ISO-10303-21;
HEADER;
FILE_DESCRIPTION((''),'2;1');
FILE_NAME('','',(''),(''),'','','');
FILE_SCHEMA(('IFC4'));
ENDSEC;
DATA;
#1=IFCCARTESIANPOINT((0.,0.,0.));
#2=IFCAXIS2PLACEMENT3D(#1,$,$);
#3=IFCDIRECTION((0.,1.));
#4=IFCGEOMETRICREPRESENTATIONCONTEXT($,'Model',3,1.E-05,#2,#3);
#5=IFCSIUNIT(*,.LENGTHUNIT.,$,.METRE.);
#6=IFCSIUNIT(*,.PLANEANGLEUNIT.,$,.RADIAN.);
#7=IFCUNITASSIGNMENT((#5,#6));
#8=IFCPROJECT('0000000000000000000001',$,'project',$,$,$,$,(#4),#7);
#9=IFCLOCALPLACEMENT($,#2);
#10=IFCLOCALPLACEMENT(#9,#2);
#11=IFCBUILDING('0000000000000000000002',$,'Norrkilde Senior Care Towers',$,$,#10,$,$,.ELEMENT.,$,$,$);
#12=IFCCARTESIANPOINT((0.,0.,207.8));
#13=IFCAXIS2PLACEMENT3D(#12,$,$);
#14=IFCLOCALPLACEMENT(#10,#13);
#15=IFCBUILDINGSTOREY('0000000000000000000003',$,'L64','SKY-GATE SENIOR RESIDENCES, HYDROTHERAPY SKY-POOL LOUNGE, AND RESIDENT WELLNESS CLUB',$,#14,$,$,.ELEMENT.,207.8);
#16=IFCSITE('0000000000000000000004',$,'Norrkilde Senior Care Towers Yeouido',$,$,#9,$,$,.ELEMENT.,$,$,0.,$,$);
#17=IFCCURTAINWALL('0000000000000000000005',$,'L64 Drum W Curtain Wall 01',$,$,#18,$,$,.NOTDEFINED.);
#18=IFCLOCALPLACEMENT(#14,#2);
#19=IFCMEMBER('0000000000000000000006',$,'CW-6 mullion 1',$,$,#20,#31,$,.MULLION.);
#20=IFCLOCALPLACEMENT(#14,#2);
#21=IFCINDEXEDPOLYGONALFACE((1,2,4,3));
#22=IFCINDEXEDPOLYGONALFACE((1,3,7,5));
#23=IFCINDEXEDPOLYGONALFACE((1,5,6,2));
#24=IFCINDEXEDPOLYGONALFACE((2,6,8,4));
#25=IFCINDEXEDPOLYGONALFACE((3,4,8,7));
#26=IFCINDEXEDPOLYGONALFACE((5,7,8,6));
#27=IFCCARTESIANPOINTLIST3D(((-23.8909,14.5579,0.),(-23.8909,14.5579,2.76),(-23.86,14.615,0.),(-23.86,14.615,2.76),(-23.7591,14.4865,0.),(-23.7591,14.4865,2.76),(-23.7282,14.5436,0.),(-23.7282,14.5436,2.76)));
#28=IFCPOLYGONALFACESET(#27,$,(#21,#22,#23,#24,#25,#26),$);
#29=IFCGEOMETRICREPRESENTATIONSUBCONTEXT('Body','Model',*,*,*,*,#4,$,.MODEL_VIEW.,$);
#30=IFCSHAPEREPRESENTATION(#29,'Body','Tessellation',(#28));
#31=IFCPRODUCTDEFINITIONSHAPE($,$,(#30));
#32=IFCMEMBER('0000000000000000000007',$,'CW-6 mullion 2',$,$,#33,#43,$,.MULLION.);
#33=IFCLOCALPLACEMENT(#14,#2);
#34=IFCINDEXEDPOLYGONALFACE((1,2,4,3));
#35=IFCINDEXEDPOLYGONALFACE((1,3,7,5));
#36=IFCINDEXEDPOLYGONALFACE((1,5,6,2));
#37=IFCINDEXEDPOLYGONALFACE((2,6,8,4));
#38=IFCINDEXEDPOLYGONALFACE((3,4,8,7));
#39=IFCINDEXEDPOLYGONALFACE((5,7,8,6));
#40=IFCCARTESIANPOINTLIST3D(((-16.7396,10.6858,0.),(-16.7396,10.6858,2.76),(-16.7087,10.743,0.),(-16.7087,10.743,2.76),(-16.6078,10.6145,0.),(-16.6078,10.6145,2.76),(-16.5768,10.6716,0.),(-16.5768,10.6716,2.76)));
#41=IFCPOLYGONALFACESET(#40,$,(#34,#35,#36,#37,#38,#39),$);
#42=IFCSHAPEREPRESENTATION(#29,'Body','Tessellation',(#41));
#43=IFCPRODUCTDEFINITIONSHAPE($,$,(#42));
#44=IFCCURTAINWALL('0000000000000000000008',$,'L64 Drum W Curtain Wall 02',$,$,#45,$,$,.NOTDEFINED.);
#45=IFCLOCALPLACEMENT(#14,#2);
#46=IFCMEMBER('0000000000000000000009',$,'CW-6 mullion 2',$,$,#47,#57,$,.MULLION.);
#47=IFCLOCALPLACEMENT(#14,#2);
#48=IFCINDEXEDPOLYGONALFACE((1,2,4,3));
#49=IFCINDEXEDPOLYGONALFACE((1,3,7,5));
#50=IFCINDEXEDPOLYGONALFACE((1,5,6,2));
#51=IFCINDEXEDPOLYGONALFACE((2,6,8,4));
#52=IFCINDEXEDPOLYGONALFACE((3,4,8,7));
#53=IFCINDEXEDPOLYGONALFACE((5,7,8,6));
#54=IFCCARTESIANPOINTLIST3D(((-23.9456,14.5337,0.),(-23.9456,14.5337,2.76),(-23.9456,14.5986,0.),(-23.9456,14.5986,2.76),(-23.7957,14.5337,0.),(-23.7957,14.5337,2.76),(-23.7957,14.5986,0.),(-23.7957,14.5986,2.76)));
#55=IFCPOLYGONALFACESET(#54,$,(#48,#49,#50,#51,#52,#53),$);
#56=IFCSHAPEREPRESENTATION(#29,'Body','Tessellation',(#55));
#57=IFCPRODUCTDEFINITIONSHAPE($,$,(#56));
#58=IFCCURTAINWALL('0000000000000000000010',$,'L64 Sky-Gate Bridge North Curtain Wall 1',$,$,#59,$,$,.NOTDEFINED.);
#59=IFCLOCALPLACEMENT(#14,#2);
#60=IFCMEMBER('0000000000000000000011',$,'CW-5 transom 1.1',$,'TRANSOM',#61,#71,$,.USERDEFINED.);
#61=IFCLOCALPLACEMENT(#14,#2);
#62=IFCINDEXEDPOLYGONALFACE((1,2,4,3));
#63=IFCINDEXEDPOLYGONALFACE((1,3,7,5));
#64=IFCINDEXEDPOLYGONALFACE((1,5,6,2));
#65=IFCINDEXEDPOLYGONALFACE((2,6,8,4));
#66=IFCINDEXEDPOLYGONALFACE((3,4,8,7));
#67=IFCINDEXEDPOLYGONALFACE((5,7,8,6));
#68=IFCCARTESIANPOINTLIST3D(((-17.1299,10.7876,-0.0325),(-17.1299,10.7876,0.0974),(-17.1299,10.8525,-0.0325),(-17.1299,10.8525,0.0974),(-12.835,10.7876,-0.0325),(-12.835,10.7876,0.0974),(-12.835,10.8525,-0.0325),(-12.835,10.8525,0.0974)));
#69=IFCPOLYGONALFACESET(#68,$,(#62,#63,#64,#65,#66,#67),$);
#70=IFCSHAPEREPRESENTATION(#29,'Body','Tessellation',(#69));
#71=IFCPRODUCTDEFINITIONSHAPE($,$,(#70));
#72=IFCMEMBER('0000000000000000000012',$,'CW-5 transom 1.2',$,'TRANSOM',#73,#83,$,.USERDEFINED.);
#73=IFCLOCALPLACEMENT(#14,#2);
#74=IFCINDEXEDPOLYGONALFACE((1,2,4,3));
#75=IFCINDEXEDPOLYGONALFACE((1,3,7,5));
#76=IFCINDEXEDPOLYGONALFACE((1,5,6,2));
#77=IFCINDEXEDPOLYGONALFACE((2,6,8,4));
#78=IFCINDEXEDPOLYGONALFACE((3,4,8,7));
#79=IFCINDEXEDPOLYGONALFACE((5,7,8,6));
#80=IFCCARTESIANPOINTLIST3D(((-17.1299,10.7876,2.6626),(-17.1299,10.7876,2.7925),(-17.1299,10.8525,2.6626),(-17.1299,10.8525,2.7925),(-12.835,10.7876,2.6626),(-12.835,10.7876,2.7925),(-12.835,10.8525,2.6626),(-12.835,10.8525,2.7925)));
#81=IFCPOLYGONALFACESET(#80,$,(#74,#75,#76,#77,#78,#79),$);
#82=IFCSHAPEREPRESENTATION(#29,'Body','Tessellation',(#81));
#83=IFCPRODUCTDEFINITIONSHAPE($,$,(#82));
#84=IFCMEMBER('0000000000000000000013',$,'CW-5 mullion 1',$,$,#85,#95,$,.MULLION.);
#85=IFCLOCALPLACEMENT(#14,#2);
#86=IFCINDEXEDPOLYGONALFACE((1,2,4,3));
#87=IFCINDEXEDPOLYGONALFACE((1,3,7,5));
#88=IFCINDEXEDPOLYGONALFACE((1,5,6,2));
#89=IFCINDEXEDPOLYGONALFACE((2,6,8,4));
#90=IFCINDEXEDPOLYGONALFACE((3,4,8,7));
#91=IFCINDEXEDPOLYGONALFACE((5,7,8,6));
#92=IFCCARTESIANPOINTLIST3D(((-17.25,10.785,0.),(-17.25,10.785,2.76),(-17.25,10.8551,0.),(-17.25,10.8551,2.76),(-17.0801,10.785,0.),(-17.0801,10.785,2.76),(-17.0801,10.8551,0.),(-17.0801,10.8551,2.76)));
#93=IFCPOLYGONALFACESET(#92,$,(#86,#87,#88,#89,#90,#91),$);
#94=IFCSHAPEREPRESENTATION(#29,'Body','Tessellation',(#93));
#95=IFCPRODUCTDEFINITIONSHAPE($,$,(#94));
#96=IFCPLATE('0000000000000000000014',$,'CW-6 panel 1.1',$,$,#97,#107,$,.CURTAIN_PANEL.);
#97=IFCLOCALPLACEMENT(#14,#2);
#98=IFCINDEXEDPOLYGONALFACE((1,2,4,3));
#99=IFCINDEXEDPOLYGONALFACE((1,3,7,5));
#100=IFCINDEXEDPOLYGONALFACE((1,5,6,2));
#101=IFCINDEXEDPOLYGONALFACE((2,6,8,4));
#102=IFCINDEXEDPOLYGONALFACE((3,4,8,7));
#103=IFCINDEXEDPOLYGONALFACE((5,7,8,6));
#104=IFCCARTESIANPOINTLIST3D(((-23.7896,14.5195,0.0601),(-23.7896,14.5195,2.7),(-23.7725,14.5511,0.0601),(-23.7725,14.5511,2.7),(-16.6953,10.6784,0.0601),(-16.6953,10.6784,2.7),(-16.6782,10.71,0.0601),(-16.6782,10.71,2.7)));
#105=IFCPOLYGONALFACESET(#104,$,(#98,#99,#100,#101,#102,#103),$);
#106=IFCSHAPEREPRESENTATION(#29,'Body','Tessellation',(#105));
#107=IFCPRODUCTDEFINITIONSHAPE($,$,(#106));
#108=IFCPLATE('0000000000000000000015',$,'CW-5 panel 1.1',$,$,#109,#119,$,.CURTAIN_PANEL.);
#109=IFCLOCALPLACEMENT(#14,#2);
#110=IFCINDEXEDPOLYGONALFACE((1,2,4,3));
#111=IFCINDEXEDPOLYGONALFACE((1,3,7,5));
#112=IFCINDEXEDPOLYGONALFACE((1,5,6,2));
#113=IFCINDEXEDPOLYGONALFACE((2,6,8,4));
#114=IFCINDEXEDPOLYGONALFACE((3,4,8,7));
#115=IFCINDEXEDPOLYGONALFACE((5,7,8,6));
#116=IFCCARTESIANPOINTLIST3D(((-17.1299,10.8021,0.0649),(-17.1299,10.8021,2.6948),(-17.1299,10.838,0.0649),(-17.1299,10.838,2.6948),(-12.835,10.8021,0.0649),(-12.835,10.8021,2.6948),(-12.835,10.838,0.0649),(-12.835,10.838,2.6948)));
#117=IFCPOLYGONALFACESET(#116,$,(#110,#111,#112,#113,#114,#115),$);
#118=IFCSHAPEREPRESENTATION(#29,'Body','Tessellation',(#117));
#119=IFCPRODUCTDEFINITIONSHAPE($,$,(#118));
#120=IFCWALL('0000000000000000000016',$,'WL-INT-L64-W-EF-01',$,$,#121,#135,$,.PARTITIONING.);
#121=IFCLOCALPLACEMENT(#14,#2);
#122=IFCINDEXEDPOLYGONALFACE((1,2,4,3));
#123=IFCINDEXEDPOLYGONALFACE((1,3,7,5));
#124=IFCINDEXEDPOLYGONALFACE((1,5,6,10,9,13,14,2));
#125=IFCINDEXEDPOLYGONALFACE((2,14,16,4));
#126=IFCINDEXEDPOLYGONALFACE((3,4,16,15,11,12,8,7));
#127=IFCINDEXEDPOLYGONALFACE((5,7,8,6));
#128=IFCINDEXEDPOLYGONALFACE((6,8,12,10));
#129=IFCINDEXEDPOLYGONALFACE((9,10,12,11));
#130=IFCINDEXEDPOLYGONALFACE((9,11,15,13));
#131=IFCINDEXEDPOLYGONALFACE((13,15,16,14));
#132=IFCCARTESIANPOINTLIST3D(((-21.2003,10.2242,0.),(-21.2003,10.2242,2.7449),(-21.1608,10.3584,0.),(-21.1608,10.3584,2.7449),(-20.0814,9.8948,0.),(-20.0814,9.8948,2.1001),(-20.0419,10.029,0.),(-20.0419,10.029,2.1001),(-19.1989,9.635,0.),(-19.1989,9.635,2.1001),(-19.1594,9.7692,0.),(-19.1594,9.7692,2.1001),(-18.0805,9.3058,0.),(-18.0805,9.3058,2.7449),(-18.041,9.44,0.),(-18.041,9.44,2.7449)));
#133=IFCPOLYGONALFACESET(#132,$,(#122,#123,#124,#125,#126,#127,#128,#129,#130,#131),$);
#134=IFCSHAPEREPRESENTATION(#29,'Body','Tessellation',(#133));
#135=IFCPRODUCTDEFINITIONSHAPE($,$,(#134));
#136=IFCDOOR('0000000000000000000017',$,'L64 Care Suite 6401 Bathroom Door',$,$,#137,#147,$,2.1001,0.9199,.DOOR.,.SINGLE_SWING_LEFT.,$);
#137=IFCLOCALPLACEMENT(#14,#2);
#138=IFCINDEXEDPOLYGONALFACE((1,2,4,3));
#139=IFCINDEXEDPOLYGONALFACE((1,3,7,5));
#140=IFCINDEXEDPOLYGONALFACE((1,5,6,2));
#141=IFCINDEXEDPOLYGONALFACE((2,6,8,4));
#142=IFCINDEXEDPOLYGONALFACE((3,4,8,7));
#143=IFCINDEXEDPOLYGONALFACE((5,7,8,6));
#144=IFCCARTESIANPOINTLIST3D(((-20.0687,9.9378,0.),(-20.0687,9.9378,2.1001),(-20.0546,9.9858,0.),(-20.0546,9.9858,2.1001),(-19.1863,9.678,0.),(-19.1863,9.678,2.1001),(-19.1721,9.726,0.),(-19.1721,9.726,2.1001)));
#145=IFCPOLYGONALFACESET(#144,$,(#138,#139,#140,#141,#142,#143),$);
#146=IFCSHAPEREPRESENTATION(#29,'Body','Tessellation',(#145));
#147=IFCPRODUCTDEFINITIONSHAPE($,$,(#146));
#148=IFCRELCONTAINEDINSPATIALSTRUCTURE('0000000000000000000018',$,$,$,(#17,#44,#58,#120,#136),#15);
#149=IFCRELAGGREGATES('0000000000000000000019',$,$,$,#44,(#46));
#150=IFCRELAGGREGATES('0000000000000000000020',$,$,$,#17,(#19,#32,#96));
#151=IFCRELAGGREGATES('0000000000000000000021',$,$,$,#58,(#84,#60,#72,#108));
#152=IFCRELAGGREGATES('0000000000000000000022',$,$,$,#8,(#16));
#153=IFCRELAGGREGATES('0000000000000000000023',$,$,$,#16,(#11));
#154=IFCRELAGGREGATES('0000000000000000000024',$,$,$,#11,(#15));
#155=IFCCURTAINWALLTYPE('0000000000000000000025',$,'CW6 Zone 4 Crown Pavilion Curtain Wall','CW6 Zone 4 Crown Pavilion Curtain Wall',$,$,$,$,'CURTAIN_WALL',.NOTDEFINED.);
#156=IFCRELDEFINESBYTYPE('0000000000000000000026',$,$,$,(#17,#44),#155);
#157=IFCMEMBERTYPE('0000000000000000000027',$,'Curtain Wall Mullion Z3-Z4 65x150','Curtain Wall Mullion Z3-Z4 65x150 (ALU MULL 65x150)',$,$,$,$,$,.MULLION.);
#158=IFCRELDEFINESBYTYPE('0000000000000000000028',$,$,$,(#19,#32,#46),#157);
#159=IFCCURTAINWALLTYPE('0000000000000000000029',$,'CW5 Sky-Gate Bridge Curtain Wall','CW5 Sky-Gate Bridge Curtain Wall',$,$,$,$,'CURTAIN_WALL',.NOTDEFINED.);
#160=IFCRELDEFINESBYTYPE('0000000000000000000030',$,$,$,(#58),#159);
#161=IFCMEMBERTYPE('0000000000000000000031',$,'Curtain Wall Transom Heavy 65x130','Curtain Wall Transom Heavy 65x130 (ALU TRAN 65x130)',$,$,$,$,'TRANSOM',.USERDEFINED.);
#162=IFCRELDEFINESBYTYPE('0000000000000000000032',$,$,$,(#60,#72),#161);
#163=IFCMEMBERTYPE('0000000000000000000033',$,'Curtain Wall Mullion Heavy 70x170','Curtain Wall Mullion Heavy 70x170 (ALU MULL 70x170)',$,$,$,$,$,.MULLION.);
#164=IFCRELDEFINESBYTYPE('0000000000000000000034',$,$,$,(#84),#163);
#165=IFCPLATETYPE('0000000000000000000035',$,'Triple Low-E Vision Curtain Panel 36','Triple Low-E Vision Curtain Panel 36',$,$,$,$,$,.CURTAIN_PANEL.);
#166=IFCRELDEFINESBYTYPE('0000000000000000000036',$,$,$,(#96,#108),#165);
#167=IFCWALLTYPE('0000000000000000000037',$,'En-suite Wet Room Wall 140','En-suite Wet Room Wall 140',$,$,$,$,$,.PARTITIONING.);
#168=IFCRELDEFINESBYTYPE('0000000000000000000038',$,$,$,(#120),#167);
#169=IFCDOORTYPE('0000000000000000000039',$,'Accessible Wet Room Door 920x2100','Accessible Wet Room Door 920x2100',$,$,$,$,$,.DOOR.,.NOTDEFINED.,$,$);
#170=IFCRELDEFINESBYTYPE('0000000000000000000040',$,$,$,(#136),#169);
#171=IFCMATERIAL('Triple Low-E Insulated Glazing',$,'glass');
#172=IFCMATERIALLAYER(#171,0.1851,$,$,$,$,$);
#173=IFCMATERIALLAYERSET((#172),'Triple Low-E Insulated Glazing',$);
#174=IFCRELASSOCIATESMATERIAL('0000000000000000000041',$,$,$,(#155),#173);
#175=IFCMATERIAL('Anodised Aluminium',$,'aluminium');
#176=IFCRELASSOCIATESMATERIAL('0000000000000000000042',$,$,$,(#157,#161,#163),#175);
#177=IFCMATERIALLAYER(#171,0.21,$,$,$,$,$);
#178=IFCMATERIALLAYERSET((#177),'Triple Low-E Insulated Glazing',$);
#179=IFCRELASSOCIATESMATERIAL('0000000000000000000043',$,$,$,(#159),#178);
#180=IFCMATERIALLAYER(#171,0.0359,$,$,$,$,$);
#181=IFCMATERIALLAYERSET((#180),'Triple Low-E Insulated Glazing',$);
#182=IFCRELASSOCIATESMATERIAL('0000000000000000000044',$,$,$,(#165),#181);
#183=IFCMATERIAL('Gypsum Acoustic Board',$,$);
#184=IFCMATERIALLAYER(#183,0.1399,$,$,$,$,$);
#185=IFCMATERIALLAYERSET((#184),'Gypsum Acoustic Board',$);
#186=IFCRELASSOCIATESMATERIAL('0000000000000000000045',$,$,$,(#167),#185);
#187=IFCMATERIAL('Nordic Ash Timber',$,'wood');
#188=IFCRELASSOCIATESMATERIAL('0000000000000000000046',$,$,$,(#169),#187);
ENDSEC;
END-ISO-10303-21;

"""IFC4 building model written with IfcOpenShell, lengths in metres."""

from ifc_helpers import new_model, si_unit, direction, frame, frame_2d, origin, origin_2d, place, context, subcontext, project, spatial, rectangle, extrude, source, transform, mapped, material, layer, layer_set, material_profile, profile_set, type_object, type_shapes, element, fill, aggregate, save


model = new_model("IFC4")

# Units and contexts
model_context = context("Model", 3, precision=1e-05, world=origin(), true_north=direction((0.0, 1.0)))
body_context = subcontext(model_context, "Body", "Model", "MODEL_VIEW")
ifc_project = project(units=[si_unit("LENGTHUNIT", "METRE"), si_unit("PLANEANGLEUNIT", "RADIAN")], contexts=[model_context])

# Site, building, storey
site_placement = place(None, origin())
site = spatial("IfcSite", under=ifc_project, at=site_placement, Name="Norrkilde Senior Care Towers Yeouido", CompositionType="ELEMENT", RefElevation=0.0)
building_placement = place(site_placement, origin())
building = spatial("IfcBuilding", under=site, at=building_placement, Name="Norrkilde Senior Care Towers", CompositionType="ELEMENT")
storey_placement = place(building_placement, frame((0.0, 0.0, 207.8)))
storey = spatial("IfcBuildingStorey", under=building, at=storey_placement, Name="L64", Description="SKY-GATE SENIOR RESIDENCES, HYDROTHERAPY SKY-POOL LOUNGE, AND RESIDENT WELLNESS CLUB", CompositionType="ELEMENT", Elevation=207.8)

# Curtain wall, members
ifc_material_1 = material(Name="Triple Low-E Insulated Glazing", Category="glass")
ifc_layer_1 = layer(ifc_material_1, 0.1851)
ifc_layer_set_1 = layer_set([ifc_layer_1], Name="Triple Low-E Insulated Glazing")
curtain_wall_type_1 = type_object("IfcCurtainWallType", Name="CW6 Zone 4 Crown Pavilion Curtain Wall", Description="CW6 Zone 4 Crown Pavilion Curtain Wall", ElementType="CURTAIN_WALL", PredefinedType="NOTDEFINED", material=ifc_layer_set_1)
curtain_wall_1_placement = place(storey_placement, origin())
curtain_wall_1 = element("IfcCurtainWall", 1, at=curtain_wall_1_placement, inside=storey, type_object=curtain_wall_type_1, Name="L64 Drum W Curtain Wall 01", PredefinedType="NOTDEFINED")
ifc_material_2 = material(Name="Anodised Aluminium", Category="aluminium")
ifc_material_profile_1 = material_profile(ifc_material_2, rectangle(XDim=0.0649, YDim=0.1499, at=origin_2d()), Name="ALU MULL 65x150")
ifc_profile_set_1 = profile_set([ifc_material_profile_1], Name="Anodised Aluminium")
member_type_1 = type_object("IfcMemberType", Name="Curtain Wall Mullion Z3-Z4 65x150", Description="Curtain Wall Mullion Z3-Z4 65x150 (ALU MULL 65x150)", PredefinedType="MULLION", material=ifc_profile_set_1)
shared_shape_1 = source(origin(), body_context, "Body", "SweptSolid", [
    extrude(rectangle(XDim=0.0649, YDim=0.1499, at=origin_2d()), origin(), (0.0, 0.0, 1.0), 2.76),
])
type_shapes(member_type_1, [shared_shape_1])
member_1_placement = place(storey_placement, frame((-23.8096, 14.5508, 0.0), z_axis=(0.0, 0.0, 1.0), x_axis=(0.476133, 0.879373, 0.0)))
member_1 = element("IfcMember", 2, at=member_1_placement, type_object=member_type_1, Name="CW-6 mullion 1", PredefinedType="MULLION", context=body_context, shape_type="MappedRepresentation", body=[
    mapped(shared_shape_1, transform((0.0, 0.0, 0.0), x_axis=(1.0, 0.0, 0.0), y_axis=(0.0, 1.0, 0.0), z_axis=(0.0, 0.0, 1.0), scale=1.0)),
])
member_2_placement = place(storey_placement, frame((-16.6582, 10.6787, 0.0), z_axis=(0.0, 0.0, 1.0), x_axis=(0.476133, 0.879373, 0.0)))
member_2 = element("IfcMember", 3, at=member_2_placement, type_object=member_type_1, Name="CW-6 mullion 2", PredefinedType="MULLION", context=body_context, shape_type="MappedRepresentation", body=[
    mapped(shared_shape_1, transform((0.0, 0.0, 0.0), x_axis=(1.0, 0.0, 0.0), y_axis=(0.0, 1.0, 0.0), z_axis=(0.0, 0.0, 1.0), scale=1.0)),
])

# Curtain wall, member
curtain_wall_2_placement = place(storey_placement, origin())
curtain_wall_2 = element("IfcCurtainWall", 4, at=curtain_wall_2_placement, inside=storey, type_object=curtain_wall_type_1, Name="L64 Drum W Curtain Wall 02", PredefinedType="NOTDEFINED")
member_3_placement = place(storey_placement, frame((-23.8706, 14.5662, 0.0), z_axis=(0.0, 0.0, 1.0), x_axis=(0.0, 1.0, 0.0)))
member_3 = element("IfcMember", 5, at=member_3_placement, type_object=member_type_1, Name="CW-6 mullion 2", PredefinedType="MULLION", context=body_context, shape_type="MappedRepresentation", body=[
    mapped(shared_shape_1, transform((0.0, 0.0, 0.0), x_axis=(1.0, 0.0, 0.0), y_axis=(0.0, 1.0, 0.0), z_axis=(0.0, 0.0, 1.0), scale=1.0)),
])
aggregate(curtain_wall_2, [member_3])

# Curtain wall, members
ifc_layer_2 = layer(ifc_material_1, 0.21)
ifc_layer_set_2 = layer_set([ifc_layer_2], Name="Triple Low-E Insulated Glazing")
curtain_wall_type_2 = type_object("IfcCurtainWallType", Name="CW5 Sky-Gate Bridge Curtain Wall", Description="CW5 Sky-Gate Bridge Curtain Wall", ElementType="CURTAIN_WALL", PredefinedType="NOTDEFINED", material=ifc_layer_set_2)
curtain_wall_3_placement = place(storey_placement, origin())
curtain_wall_3 = element("IfcCurtainWall", 6, at=curtain_wall_3_placement, inside=storey, type_object=curtain_wall_type_2, Name="L64 Sky-Gate Bridge North Curtain Wall 1", PredefinedType="NOTDEFINED")
ifc_material_profile_2 = material_profile(ifc_material_2, rectangle(XDim=0.0649, YDim=0.1299, at=origin_2d()), Name="ALU TRAN 65x130")
ifc_profile_set_2 = profile_set([ifc_material_profile_2], Name="Anodised Aluminium")
member_type_2 = type_object("IfcMemberType", Name="Curtain Wall Transom Heavy 65x130", Description="Curtain Wall Transom Heavy 65x130 (ALU TRAN 65x130)", ElementType="TRANSOM", PredefinedType="USERDEFINED", material=ifc_profile_set_2)
shared_shape_2 = source(origin(), body_context, "Body", "SweptSolid", [
    extrude(rectangle(XDim=0.0649, YDim=0.1299, at=origin_2d()), origin(), (0.0, 0.0, 1.0), 4.2949),
])
type_shapes(member_type_2, [shared_shape_2])
member_4_placement = place(storey_placement, frame((-17.1299, 10.8201, 0.0325), z_axis=(1.0, 0.0, 0.0), x_axis=(0.0, 1.0, 0.0)))
member_4 = element("IfcMember", 7, at=member_4_placement, type_object=member_type_2, Name="CW-5 transom 1.1", ObjectType="TRANSOM", PredefinedType="USERDEFINED", context=body_context, shape_type="MappedRepresentation", body=[
    mapped(shared_shape_2, transform((0.0, 0.0, 0.0), x_axis=(1.0, 0.0, 0.0), y_axis=(0.0, 1.0, 0.0), z_axis=(0.0, 0.0, 1.0), scale=1.0)),
])
member_5_placement = place(storey_placement, frame((-17.1299, 10.8201, 2.7275), z_axis=(1.0, 0.0, 0.0), x_axis=(0.0, 1.0, 0.0)))
member_5 = element("IfcMember", 8, at=member_5_placement, type_object=member_type_2, Name="CW-5 transom 1.2", ObjectType="TRANSOM", PredefinedType="USERDEFINED", context=body_context, shape_type="MappedRepresentation", body=[
    mapped(shared_shape_2, transform((0.0, 0.0, 0.0), x_axis=(1.0, 0.0, 0.0), y_axis=(0.0, 1.0, 0.0), z_axis=(0.0, 0.0, 1.0), scale=1.0)),
])
ifc_material_profile_3 = material_profile(ifc_material_2, rectangle(XDim=0.0701, YDim=0.1699, at=origin_2d()), Name="ALU MULL 70x170")
ifc_profile_set_3 = profile_set([ifc_material_profile_3], Name="Anodised Aluminium")
member_type_3 = type_object("IfcMemberType", Name="Curtain Wall Mullion Heavy 70x170", Description="Curtain Wall Mullion Heavy 70x170 (ALU MULL 70x170)", PredefinedType="MULLION", material=ifc_profile_set_3)
shared_shape_3 = source(origin(), body_context, "Body", "SweptSolid", [
    extrude(rectangle(XDim=0.0701, YDim=0.1699, at=origin_2d()), origin(), (0.0, 0.0, 1.0), 2.76),
])
type_shapes(member_type_3, [shared_shape_3])
member_6_placement = place(storey_placement, frame((-17.165, 10.8201, 0.0), z_axis=(0.0, 0.0, 1.0), x_axis=(0.0, 1.0, 0.0)))
member_6 = element("IfcMember", 9, at=member_6_placement, type_object=member_type_3, Name="CW-5 mullion 1", PredefinedType="MULLION", context=body_context, shape_type="MappedRepresentation", body=[
    mapped(shared_shape_3, transform((0.0, 0.0, 0.0), x_axis=(1.0, 0.0, 0.0), y_axis=(0.0, 1.0, 0.0), z_axis=(0.0, 0.0, 1.0), scale=1.0)),
])

# Plates
ifc_layer_3 = layer(ifc_material_1, 0.0359)
ifc_layer_set_3 = layer_set([ifc_layer_3], Name="Triple Low-E Insulated Glazing")
plate_type = type_object("IfcPlateType", Name="Triple Low-E Vision Curtain Panel 36", Description="Triple Low-E Vision Curtain Panel 36", PredefinedType="CURTAIN_PANEL", material=ifc_layer_set_3)
shared_shape_4 = source(origin(), body_context, "Body", "SweptSolid", [
    extrude(rectangle(XDim=8.0674, YDim=0.0359, at=origin_2d()), origin(), (0.0, 0.0, 1.0), 2.6399),
])
plate_1_placement = place(storey_placement, frame((-20.2339, 12.6147, 0.0601), z_axis=(0.0, 0.0, 1.0), x_axis=(0.879373, -0.476133, 0.0)))
plate_1 = element("IfcPlate", 10, at=plate_1_placement, type_object=plate_type, Name="CW-6 panel 1.1", PredefinedType="CURTAIN_PANEL", context=body_context, shape_type="MappedRepresentation", body=[
    mapped(shared_shape_4, transform((0.0, 0.0, 0.0), x_axis=(1.0, 0.0, 0.0), y_axis=(0.0, 1.0, 0.0), z_axis=(0.0, 0.0, 1.0), scale=1.0)),
])
aggregate(curtain_wall_1, [member_1, member_2, plate_1])
shared_shape_5 = source(origin(), body_context, "Body", "SweptSolid", [
    extrude(rectangle(XDim=4.2949, YDim=0.0359, at=origin_2d()), origin(), (0.0, 0.0, 1.0), 2.6299),
])
type_shapes(plate_type, [shared_shape_4, shared_shape_5])
plate_2_placement = place(storey_placement, frame((-14.9824, 10.8201, 0.0649), z_axis=(0.0, 0.0, 1.0), x_axis=(1.0, 0.0, 0.0)))
plate_2 = element("IfcPlate", 11, at=plate_2_placement, type_object=plate_type, Name="CW-5 panel 1.1", PredefinedType="CURTAIN_PANEL", context=body_context, shape_type="MappedRepresentation", body=[
    mapped(shared_shape_5, transform((0.0, 0.0, 0.0), x_axis=(1.0, 0.0, 0.0), y_axis=(0.0, 1.0, 0.0), z_axis=(0.0, 0.0, 1.0), scale=1.0)),
])
aggregate(curtain_wall_3, [member_6, member_4, member_5, plate_2])

# Wall, opening, door
ifc_material_3 = material(Name="Gypsum Acoustic Board")
ifc_layer_4 = layer(ifc_material_3, 0.1399)
ifc_layer_set_4 = layer_set([ifc_layer_4], Name="Gypsum Acoustic Board")
wall_type = type_object("IfcWallType", Name="En-suite Wet Room Wall 140", Description="En-suite Wet Room Wall 140", PredefinedType="PARTITIONING", material=ifc_layer_set_4)
shared_shape_6 = source(origin(), body_context, "Body", "SweptSolid", [
    extrude(rectangle(XDim=3.2522, YDim=0.1399, at=frame_2d((1.626, 0.0))), origin(), (0.0, 0.0, 1.0), 2.7449),
])
type_shapes(wall_type, [shared_shape_6])
wall_placement = place(storey_placement, frame((-21.1804, 10.2913, 0.0), z_axis=(0.0, 0.0, 1.0), x_axis=(0.959295, -0.282406, 0.0)))
wall = element("IfcWall", 12, at=wall_placement, inside=storey, type_object=wall_type, Name="WL-INT-L64-W-EF-01", PredefinedType="PARTITIONING", context=body_context, shape_type="MappedRepresentation", body=[
    mapped(shared_shape_6, transform((0.0, 0.0, 0.0), x_axis=(1.0, 0.0, 0.0), y_axis=(0.0, 1.0, 0.0), z_axis=(0.0, 0.0, 1.0), scale=1.0)),
])
opening_placement = place(wall_placement, frame((1.1663, 0.0, 0.0)))
opening = element("IfcOpeningElement", 13, at=opening_placement, cuts=wall, PredefinedType="OPENING", context=body_context, shape_type="SweptSolid", body=[
    extrude(rectangle(XDim=0.9199, YDim=2.1001, at=frame_2d((0.46, 1.05))), frame((0.0, 0.0798, 0.0), z_axis=(0.0, -1.0, 0.0), x_axis=(1.0, 0.0, 0.0)), (0.0, 0.0, 1.0), 0.1599),
])
ifc_material_4 = material(Name="Nordic Ash Timber", Category="wood")
door_type = type_object("IfcDoorType", Name="Accessible Wet Room Door 920x2100", Description="Accessible Wet Room Door 920x2100", OperationType="NOTDEFINED", PredefinedType="DOOR", material=ifc_material_4)
shared_shape_7 = source(origin(), body_context, "Body", "SweptSolid", [
    extrude(rectangle(XDim=0.9199, YDim=2.1001, at=frame_2d((0.46, 1.05))), frame((0.0, 0.0249, 0.0), z_axis=(0.0, -1.0, 0.0), x_axis=(1.0, 0.0, 0.0)), (0.0, 0.0, 1.0), 0.05),
])
type_shapes(door_type, [shared_shape_7])
door_placement = place(opening_placement, origin())
door = element("IfcDoor", 14, at=door_placement, inside=storey, type_object=door_type, Name="L64 Care Suite 6401 Bathroom Door", OperationType="SINGLE_SWING_LEFT", OverallHeight=2.1001, OverallWidth=0.9199, PredefinedType="DOOR", context=body_context, shape_type="MappedRepresentation", body=[
    mapped(shared_shape_7, transform((0.0, 0.0, 0.0), x_axis=(1.0, 0.0, 0.0), y_axis=(0.0, 1.0, 0.0), z_axis=(0.0, 0.0, 1.0), scale=1.0)),
])
fill(opening, door)

save(model, "model.ifc")
